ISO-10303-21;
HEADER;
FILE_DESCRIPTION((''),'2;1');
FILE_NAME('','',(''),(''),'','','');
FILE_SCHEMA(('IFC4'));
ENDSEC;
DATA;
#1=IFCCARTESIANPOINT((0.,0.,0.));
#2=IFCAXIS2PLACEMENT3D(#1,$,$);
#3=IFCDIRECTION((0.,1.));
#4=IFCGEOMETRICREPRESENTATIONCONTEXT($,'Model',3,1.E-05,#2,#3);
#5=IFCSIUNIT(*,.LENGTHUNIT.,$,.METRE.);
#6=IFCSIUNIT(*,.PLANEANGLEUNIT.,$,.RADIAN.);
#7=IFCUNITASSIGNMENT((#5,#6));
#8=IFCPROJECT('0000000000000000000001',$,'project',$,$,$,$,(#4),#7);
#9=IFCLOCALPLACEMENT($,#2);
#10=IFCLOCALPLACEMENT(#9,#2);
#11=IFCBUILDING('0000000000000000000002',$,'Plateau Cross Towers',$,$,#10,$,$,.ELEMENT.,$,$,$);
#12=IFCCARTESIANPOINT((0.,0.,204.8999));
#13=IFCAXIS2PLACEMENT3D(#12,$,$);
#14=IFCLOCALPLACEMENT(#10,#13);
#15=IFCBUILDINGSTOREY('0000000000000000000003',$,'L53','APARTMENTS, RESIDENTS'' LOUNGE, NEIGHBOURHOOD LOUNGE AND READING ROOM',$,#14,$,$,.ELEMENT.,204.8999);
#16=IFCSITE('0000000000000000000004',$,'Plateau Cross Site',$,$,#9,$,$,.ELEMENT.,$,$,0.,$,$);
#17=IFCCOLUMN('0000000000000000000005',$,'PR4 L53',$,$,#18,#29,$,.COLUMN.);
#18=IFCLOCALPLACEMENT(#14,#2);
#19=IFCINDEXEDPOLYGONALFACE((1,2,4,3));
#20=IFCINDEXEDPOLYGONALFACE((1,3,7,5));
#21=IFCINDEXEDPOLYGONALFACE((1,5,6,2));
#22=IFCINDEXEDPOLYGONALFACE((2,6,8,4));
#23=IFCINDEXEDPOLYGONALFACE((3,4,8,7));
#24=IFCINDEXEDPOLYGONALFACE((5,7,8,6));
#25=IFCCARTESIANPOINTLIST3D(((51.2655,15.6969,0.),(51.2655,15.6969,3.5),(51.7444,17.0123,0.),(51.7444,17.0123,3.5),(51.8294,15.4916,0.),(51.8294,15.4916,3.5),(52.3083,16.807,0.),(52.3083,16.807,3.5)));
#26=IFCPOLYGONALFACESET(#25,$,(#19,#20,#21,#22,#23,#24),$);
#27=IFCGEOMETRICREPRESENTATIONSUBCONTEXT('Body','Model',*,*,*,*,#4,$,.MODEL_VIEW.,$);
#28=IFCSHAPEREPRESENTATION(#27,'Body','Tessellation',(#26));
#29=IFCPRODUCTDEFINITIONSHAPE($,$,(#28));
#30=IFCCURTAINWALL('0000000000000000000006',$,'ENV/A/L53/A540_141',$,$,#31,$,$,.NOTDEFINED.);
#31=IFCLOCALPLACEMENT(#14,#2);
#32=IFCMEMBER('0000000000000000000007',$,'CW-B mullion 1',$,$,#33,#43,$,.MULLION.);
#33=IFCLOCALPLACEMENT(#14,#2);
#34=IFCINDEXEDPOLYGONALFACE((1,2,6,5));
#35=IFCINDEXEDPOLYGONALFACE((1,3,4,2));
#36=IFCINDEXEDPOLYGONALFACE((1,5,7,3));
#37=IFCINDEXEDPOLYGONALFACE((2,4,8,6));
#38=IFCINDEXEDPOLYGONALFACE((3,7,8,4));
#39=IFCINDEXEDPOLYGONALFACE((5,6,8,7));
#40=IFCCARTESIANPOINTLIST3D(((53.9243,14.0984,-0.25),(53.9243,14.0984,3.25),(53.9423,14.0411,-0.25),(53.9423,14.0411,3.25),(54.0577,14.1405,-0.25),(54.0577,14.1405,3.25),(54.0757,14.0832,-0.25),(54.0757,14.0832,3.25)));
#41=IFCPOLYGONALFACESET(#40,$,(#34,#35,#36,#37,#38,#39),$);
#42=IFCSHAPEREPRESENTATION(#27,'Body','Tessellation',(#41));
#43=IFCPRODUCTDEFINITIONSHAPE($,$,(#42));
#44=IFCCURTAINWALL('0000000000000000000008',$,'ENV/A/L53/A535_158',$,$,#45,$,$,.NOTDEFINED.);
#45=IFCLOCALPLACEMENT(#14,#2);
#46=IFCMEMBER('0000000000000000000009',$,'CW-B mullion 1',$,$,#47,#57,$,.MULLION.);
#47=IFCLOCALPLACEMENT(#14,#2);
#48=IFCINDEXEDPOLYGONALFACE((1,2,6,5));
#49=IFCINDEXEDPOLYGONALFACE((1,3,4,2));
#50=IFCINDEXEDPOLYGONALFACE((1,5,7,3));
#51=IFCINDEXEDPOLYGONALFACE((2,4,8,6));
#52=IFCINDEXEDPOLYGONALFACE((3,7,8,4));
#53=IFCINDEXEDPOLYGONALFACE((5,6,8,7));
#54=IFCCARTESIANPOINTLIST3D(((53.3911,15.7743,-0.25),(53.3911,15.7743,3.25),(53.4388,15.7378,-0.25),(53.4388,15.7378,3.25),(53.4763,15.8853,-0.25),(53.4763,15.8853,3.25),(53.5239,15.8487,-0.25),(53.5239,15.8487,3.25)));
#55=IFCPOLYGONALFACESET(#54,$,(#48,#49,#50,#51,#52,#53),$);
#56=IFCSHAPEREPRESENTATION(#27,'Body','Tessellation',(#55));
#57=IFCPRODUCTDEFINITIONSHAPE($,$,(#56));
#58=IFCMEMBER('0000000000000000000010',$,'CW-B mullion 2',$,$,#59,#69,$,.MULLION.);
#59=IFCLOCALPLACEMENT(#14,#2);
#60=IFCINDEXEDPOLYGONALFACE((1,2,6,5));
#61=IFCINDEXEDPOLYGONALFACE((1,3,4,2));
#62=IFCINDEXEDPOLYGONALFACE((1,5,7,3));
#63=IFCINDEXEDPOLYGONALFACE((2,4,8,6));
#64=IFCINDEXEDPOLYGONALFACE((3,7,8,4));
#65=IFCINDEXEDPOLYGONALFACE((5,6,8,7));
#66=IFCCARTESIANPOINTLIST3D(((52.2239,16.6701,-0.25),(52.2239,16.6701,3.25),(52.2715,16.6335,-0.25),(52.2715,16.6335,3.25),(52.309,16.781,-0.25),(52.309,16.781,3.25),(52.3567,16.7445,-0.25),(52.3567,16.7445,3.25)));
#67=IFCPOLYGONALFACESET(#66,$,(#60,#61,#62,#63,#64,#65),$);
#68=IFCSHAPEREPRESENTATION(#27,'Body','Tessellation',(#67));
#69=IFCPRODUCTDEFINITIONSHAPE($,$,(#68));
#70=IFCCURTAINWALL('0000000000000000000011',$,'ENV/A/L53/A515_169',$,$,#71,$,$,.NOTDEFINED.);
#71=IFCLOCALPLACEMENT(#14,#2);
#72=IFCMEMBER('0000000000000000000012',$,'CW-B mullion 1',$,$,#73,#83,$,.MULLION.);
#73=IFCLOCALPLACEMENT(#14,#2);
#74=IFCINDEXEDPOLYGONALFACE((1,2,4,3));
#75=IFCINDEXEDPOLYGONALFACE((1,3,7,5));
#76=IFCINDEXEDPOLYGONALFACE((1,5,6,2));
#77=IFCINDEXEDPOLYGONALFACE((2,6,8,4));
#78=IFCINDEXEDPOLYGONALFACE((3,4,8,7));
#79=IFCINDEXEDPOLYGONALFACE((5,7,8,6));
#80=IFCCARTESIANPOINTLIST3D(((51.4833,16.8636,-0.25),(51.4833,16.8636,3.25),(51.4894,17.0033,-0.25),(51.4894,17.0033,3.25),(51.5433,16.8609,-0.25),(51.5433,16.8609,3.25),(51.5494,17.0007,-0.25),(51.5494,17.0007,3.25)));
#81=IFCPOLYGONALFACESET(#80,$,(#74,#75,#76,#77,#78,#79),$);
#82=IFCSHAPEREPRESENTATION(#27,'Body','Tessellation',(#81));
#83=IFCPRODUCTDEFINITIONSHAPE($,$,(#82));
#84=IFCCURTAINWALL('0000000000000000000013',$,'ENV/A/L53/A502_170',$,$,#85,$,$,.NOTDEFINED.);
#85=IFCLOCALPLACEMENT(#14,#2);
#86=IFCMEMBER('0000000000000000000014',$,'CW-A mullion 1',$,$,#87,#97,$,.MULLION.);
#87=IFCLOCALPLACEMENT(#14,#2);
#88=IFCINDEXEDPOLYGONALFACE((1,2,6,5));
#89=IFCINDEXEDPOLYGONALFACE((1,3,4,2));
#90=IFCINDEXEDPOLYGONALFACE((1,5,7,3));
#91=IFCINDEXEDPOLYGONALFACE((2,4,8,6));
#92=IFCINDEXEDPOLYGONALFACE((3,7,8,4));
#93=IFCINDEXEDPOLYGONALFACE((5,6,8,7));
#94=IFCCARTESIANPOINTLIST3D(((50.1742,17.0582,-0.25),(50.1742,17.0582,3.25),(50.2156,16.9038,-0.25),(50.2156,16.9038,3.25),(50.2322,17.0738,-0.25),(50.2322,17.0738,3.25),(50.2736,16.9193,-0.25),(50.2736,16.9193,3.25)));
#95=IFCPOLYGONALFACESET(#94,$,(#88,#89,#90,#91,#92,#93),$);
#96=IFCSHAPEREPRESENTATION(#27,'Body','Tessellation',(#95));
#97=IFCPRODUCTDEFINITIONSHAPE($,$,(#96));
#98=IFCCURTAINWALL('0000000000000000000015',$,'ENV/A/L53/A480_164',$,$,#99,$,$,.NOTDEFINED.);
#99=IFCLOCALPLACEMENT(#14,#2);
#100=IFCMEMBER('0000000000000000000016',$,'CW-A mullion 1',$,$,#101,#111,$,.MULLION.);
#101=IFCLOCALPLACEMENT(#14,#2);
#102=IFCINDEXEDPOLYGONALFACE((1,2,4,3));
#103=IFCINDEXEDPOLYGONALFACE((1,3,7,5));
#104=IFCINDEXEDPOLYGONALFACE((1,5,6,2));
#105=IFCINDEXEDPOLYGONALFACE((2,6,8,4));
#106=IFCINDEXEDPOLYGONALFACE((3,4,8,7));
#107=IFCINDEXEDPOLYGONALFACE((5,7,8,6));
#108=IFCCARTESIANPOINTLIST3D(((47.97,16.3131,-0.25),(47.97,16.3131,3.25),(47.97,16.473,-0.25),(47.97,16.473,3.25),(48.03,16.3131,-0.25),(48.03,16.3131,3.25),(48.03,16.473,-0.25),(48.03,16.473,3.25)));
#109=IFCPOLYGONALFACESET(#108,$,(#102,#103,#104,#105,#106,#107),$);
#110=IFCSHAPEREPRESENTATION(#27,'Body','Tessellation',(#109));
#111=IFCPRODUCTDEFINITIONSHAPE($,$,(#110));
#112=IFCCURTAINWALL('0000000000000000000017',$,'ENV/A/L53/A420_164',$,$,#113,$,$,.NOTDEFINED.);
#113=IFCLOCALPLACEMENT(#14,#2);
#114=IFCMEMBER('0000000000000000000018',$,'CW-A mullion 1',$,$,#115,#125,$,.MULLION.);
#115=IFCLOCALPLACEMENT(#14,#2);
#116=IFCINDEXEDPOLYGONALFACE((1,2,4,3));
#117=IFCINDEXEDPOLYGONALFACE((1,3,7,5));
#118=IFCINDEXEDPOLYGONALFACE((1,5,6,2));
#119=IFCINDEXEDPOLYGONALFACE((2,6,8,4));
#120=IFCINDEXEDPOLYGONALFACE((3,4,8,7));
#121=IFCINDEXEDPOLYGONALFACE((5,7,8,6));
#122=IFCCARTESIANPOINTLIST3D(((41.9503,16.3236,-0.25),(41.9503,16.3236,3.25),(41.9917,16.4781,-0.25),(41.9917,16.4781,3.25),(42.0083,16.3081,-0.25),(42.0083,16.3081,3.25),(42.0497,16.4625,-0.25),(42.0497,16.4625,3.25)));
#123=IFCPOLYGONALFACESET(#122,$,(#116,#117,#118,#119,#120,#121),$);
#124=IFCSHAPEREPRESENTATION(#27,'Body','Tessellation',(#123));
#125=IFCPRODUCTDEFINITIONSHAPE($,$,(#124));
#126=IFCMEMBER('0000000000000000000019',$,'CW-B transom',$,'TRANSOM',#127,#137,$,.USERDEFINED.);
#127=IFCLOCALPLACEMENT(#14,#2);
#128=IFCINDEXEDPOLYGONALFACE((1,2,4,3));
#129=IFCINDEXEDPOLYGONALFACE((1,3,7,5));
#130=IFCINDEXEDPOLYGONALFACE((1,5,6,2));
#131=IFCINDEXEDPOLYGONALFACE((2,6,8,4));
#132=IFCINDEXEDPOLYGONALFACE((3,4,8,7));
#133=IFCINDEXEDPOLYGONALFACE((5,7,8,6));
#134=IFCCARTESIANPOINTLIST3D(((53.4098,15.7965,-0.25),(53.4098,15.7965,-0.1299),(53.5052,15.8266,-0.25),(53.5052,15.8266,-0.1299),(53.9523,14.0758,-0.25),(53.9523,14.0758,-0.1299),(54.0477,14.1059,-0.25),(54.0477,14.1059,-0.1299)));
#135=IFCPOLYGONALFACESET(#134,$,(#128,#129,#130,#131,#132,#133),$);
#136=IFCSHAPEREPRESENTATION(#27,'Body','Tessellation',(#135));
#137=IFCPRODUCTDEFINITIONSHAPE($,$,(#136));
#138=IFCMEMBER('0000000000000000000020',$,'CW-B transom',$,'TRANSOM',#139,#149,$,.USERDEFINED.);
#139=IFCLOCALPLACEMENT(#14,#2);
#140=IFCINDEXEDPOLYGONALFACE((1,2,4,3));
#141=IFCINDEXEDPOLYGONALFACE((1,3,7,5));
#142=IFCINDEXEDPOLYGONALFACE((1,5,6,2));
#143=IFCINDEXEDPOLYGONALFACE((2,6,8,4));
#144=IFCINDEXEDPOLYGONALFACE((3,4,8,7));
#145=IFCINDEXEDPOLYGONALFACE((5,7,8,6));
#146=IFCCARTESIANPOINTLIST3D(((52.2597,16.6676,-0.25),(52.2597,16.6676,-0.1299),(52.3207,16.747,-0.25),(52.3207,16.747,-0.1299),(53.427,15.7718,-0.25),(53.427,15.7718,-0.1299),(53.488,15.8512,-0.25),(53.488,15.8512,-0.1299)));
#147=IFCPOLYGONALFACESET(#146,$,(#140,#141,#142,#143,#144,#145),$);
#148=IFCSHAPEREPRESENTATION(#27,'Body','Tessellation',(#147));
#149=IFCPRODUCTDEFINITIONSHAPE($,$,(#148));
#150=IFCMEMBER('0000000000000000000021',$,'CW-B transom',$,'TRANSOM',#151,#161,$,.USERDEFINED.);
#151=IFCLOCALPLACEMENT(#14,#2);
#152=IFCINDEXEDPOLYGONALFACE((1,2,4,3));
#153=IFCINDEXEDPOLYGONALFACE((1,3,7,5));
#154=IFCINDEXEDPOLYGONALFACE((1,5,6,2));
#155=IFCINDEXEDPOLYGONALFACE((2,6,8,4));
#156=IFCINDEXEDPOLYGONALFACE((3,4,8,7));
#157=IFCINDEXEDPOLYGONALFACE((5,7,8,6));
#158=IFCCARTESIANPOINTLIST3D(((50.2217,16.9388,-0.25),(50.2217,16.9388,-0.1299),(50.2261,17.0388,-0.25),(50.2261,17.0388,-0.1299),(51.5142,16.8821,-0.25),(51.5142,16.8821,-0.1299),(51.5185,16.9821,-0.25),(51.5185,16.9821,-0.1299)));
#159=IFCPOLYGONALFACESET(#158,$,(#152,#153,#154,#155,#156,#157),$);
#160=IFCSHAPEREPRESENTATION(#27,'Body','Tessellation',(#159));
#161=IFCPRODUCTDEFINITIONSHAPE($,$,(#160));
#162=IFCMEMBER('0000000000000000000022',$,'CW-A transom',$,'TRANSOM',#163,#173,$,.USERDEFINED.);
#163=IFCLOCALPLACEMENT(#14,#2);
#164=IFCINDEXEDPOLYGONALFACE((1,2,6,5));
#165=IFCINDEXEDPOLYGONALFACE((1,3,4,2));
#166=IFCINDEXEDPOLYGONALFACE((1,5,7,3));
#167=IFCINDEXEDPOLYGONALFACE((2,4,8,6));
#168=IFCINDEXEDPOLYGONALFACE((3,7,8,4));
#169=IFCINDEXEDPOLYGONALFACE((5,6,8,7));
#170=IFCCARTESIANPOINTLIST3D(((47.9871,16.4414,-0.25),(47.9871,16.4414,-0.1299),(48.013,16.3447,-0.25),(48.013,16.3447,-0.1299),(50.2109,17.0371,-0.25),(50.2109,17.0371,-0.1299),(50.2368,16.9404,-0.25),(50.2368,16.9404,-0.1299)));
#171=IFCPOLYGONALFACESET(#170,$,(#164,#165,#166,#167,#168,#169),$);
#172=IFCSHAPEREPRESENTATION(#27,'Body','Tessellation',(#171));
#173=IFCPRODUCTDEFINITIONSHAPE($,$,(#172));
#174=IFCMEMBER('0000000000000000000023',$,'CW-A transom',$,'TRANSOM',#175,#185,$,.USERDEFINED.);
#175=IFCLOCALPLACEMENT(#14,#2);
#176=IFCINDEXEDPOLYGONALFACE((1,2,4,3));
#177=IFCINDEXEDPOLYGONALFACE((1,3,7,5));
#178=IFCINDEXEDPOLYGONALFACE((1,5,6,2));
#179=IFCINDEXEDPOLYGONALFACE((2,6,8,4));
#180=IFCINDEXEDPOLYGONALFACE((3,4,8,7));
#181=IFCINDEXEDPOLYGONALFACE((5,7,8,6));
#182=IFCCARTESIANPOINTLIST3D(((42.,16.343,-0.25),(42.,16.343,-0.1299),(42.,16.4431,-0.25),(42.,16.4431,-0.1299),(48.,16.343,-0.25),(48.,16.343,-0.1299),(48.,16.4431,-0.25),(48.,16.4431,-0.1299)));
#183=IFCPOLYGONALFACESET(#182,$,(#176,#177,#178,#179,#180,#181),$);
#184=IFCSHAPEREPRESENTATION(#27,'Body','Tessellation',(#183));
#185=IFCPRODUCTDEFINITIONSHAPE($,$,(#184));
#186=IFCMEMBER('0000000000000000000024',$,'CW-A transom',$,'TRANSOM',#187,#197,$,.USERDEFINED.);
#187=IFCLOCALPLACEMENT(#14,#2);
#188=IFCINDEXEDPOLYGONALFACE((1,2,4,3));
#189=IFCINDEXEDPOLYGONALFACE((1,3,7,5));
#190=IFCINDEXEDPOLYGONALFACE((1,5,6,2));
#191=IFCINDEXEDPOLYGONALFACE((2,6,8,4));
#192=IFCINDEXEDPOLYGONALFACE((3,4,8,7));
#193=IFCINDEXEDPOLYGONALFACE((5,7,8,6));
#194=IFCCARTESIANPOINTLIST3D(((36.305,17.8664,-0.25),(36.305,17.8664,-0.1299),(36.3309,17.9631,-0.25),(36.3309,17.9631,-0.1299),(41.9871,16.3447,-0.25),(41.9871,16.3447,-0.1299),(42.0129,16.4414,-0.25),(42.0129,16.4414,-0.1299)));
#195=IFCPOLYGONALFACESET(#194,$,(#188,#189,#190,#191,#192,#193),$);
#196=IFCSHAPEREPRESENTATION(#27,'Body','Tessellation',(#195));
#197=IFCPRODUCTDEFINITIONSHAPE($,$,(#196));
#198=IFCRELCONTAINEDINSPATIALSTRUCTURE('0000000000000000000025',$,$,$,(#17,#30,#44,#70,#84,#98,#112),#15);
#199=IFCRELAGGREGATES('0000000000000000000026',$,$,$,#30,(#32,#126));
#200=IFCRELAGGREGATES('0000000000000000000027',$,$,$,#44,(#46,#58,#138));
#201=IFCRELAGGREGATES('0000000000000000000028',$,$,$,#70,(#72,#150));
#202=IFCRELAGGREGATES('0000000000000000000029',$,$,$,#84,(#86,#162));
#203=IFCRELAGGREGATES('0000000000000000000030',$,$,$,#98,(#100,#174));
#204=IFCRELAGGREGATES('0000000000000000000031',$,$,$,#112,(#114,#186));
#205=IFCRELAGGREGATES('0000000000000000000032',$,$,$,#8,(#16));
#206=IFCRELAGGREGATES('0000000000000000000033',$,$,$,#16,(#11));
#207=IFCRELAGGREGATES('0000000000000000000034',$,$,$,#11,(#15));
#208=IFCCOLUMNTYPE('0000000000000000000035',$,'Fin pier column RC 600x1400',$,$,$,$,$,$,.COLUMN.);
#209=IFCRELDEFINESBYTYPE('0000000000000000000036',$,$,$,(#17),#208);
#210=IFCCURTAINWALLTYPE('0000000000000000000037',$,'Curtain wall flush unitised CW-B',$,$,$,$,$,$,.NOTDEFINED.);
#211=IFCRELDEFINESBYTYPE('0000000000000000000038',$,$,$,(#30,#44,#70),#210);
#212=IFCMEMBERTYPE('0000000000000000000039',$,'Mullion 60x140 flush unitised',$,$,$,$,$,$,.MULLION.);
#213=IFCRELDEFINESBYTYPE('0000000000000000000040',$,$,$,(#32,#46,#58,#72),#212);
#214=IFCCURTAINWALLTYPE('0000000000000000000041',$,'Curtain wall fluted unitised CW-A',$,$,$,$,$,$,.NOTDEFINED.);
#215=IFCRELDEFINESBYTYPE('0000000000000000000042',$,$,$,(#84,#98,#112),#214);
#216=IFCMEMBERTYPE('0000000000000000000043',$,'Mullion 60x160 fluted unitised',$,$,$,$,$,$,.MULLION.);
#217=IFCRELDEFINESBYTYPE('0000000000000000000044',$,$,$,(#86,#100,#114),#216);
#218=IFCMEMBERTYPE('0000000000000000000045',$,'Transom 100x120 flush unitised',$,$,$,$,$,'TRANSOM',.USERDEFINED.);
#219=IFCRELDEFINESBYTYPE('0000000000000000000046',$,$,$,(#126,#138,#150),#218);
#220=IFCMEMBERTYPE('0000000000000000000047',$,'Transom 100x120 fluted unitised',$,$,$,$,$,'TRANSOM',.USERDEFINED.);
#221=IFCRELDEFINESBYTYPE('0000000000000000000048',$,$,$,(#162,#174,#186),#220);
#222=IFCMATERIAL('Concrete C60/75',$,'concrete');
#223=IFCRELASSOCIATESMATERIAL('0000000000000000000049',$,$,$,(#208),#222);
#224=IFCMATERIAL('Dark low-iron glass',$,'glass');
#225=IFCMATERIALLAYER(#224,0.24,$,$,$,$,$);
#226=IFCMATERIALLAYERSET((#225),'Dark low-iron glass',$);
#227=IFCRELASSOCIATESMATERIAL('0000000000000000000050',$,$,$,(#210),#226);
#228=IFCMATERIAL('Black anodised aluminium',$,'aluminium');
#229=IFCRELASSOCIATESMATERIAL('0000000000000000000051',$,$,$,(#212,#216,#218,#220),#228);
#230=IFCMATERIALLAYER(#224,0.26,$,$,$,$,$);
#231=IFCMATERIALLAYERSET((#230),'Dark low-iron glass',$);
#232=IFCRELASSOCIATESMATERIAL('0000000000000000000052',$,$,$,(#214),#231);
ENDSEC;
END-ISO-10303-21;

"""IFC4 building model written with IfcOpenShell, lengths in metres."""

from ifc_helpers import new_model, si_unit, direction, frame, origin, origin_2d, place, context, subcontext, project, spatial, rectangle, extrude, material, layer, layer_set, material_profile, profile_set, type_object, element, aggregate, save


model = new_model("IFC4")

# Units and contexts
model_context = context("Model", 3, precision=1e-05, world=origin(), true_north=direction((0.0, 1.0)))
body_context = subcontext(model_context, "Body", "Model", "MODEL_VIEW")
ifc_project = project(units=[si_unit("LENGTHUNIT", "METRE"), si_unit("PLANEANGLEUNIT", "RADIAN")], contexts=[model_context])

# Site, building, storey
site_placement = place(None, origin())
site = spatial("IfcSite", under=ifc_project, at=site_placement, Name="Plateau Cross Site", CompositionType="ELEMENT", RefElevation=0.0)
building_placement = place(site_placement, origin())
building = spatial("IfcBuilding", under=site, at=building_placement, Name="Plateau Cross Towers", CompositionType="ELEMENT")
storey_placement = place(building_placement, frame((0.0, 0.0, 204.8999)))
storey = spatial("IfcBuildingStorey", under=building, at=storey_placement, Name="L53", Description="APARTMENTS, RESIDENTS' LOUNGE, NEIGHBOURHOOD LOUNGE AND READING ROOM", CompositionType="ELEMENT", Elevation=204.8999)

# Column
ifc_material_1 = material(Name="Concrete C60/75", Category="concrete")
ifc_material_profile_1 = material_profile(ifc_material_1, rectangle(XDim=0.6001, YDim=1.3999, at=origin_2d()), Name="RC 600x1400")
ifc_profile_set_1 = profile_set([ifc_material_profile_1], Name="Concrete C60/75")
column_type = type_object("IfcColumnType", Name="Fin pier column RC 600x1400", PredefinedType="COLUMN", material=ifc_profile_set_1)
column_placement = place(storey_placement, frame((51.7869, 16.252, 0.0), z_axis=(0.0, 0.0, 1.0), x_axis=(-0.939664, 0.342098, 0.0)))
element("IfcColumn", 1, at=column_placement, inside=storey, type_object=column_type, Name="PR4 L53", PredefinedType="COLUMN", context=body_context, shape_type="SweptSolid", body=[
    extrude(rectangle(XDim=0.6001, YDim=1.3999, at=origin_2d()), origin(), (0.0, 0.0, 1.0), 3.5),
])

# Curtain wall, member
ifc_material_2 = material(Name="Dark low-iron glass", Category="glass")
ifc_layer_1 = layer(ifc_material_2, 0.24)
ifc_layer_set_1 = layer_set([ifc_layer_1], Name="Dark low-iron glass")
curtain_wall_type_1 = type_object("IfcCurtainWallType", Name="Curtain wall flush unitised CW-B", PredefinedType="NOTDEFINED", material=ifc_layer_set_1)
curtain_wall_1_placement = place(storey_placement, origin())
curtain_wall_1 = element("IfcCurtainWall", 2, at=curtain_wall_1_placement, inside=storey, type_object=curtain_wall_type_1, Name="ENV/A/L53/A540_141", PredefinedType="NOTDEFINED")
ifc_material_3 = material(Name="Black anodised aluminium", Category="aluminium")
ifc_material_profile_2 = material_profile(ifc_material_3, rectangle(XDim=0.0601, YDim=0.1399, at=origin_2d()), Name="MULLION 60x140")
ifc_profile_set_2 = profile_set([ifc_material_profile_2], Name="Black anodised aluminium")
member_type_1 = type_object("IfcMemberType", Name="Mullion 60x140 flush unitised", PredefinedType="MULLION", material=ifc_profile_set_2)
member_1_placement = place(storey_placement, frame((54.0, 14.0908, -0.25), z_axis=(0.0, 0.0, 1.0), x_axis=(-0.300686, 0.953723, 0.0)))
member_1 = element("IfcMember", 3, at=member_1_placement, type_object=member_type_1, Name="CW-B mullion 1", PredefinedType="MULLION", context=body_context, shape_type="SweptSolid", body=[
    extrude(rectangle(XDim=0.0601, YDim=0.1399, at=origin_2d()), origin(), (0.0, 0.0, 1.0), 3.5),
])

# Curtain wall, members
curtain_wall_2_placement = place(storey_placement, origin())
curtain_wall_2 = element("IfcCurtainWall", 4, at=curtain_wall_2_placement, inside=storey, type_object=curtain_wall_type_1, Name="ENV/A/L53/A535_158", PredefinedType="NOTDEFINED")
member_2_placement = place(storey_placement, frame((53.4575, 15.8115, -0.25), z_axis=(0.0, 0.0, 1.0), x_axis=(-0.793316, 0.608811, 0.0)))
member_2 = element("IfcMember", 5, at=member_2_placement, type_object=member_type_1, Name="CW-B mullion 1", PredefinedType="MULLION", context=body_context, shape_type="SweptSolid", body=[
    extrude(rectangle(XDim=0.0601, YDim=0.1399, at=origin_2d()), origin(), (0.0, 0.0, 1.0), 3.5),
])
member_3_placement = place(storey_placement, frame((52.2903, 16.7073, -0.25), z_axis=(0.0, 0.0, 1.0), x_axis=(-0.793316, 0.608811, 0.0)))
member_3 = element("IfcMember", 6, at=member_3_placement, type_object=member_type_1, Name="CW-B mullion 2", PredefinedType="MULLION", context=body_context, shape_type="SweptSolid", body=[
    extrude(rectangle(XDim=0.0601, YDim=0.1399, at=origin_2d()), origin(), (0.0, 0.0, 1.0), 3.5),
])

# Curtain walls, members
curtain_wall_3_placement = place(storey_placement, origin())
curtain_wall_3 = element("IfcCurtainWall", 7, at=curtain_wall_3_placement, inside=storey, type_object=curtain_wall_type_1, Name="ENV/A/L53/A515_169", PredefinedType="NOTDEFINED")
member_4_placement = place(storey_placement, frame((51.5164, 16.9321, -0.25), z_axis=(0.0, 0.0, 1.0), x_axis=(-0.999044, 0.043723, 0.0)))
member_4 = element("IfcMember", 8, at=member_4_placement, type_object=member_type_1, Name="CW-B mullion 1", PredefinedType="MULLION", context=body_context, shape_type="SweptSolid", body=[
    extrude(rectangle(XDim=0.0601, YDim=0.1399, at=origin_2d()), origin(), (0.0, 0.0, 1.0), 3.5),
])
ifc_layer_2 = layer(ifc_material_2, 0.26)
ifc_layer_set_2 = layer_set([ifc_layer_2], Name="Dark low-iron glass")
curtain_wall_type_2 = type_object("IfcCurtainWallType", Name="Curtain wall fluted unitised CW-A", PredefinedType="NOTDEFINED", material=ifc_layer_set_2)
curtain_wall_4_placement = place(storey_placement, origin())
curtain_wall_4 = element("IfcCurtainWall", 9, at=curtain_wall_4_placement, inside=storey, type_object=curtain_wall_type_2, Name="ENV/A/L53/A502_170", PredefinedType="NOTDEFINED")
ifc_material_profile_3 = material_profile(ifc_material_3, rectangle(XDim=0.0601, YDim=0.1599, at=origin_2d()), Name="MULLION 60x160")
ifc_profile_set_3 = profile_set([ifc_material_profile_3], Name="Black anodised aluminium")
member_type_2 = type_object("IfcMemberType", Name="Mullion 60x160 fluted unitised", PredefinedType="MULLION", material=ifc_profile_set_3)
member_5_placement = place(storey_placement, frame((50.2239, 16.9888, -0.25), z_axis=(0.0, 0.0, 1.0), x_axis=(-0.965958, -0.258699, 0.0)))
member_5 = element("IfcMember", 10, at=member_5_placement, type_object=member_type_2, Name="CW-A mullion 1", PredefinedType="MULLION", context=body_context, shape_type="SweptSolid", body=[
    extrude(rectangle(XDim=0.0601, YDim=0.1599, at=origin_2d()), origin(), (0.0, 0.0, 1.0), 3.5),
])
curtain_wall_5_placement = place(storey_placement, origin())
curtain_wall_5 = element("IfcCurtainWall", 11, at=curtain_wall_5_placement, inside=storey, type_object=curtain_wall_type_2, Name="ENV/A/L53/A480_164", PredefinedType="NOTDEFINED")
member_6_placement = place(storey_placement, frame((48.0, 16.3931, -0.25), z_axis=(0.0, 0.0, 1.0), x_axis=(-1.0, 0.0, 0.0)))
member_6 = element("IfcMember", 12, at=member_6_placement, type_object=member_type_2, Name="CW-A mullion 1", PredefinedType="MULLION", context=body_context, shape_type="SweptSolid", body=[
    extrude(rectangle(XDim=0.0601, YDim=0.1599, at=origin_2d()), origin(), (0.0, 0.0, 1.0), 3.5),
])
curtain_wall_6_placement = place(storey_placement, origin())
curtain_wall_6 = element("IfcCurtainWall", 13, at=curtain_wall_6_placement, inside=storey, type_object=curtain_wall_type_2, Name="ENV/A/L53/A420_164", PredefinedType="NOTDEFINED")
member_7_placement = place(storey_placement, frame((42.0, 16.3931, -0.25), z_axis=(0.0, 0.0, 1.0), x_axis=(-0.965958, 0.258699, 0.0)))
member_7 = element("IfcMember", 14, at=member_7_placement, type_object=member_type_2, Name="CW-A mullion 1", PredefinedType="MULLION", context=body_context, shape_type="SweptSolid", body=[
    extrude(rectangle(XDim=0.0601, YDim=0.1599, at=origin_2d()), origin(), (0.0, 0.0, 1.0), 3.5),
])

# Members
ifc_material_profile_4 = material_profile(ifc_material_3, rectangle(XDim=0.1001, YDim=0.1201, at=origin_2d()), Name="TRANSOM 100x120")
ifc_profile_set_4 = profile_set([ifc_material_profile_4], Name="Black anodised aluminium")
member_type_3 = type_object("IfcMemberType", Name="Transom 100x120 flush unitised", ElementType="TRANSOM", PredefinedType="USERDEFINED", material=ifc_profile_set_4)
member_8_placement = place(storey_placement, frame((54.0, 14.0908, -0.1899), z_axis=(-0.300678, 0.953726, 0.0), x_axis=(-0.953726, -0.300678, 0.0)))
member_8 = element("IfcMember", 15, at=member_8_placement, type_object=member_type_3, Name="CW-B transom", ObjectType="TRANSOM", PredefinedType="USERDEFINED", context=body_context, shape_type="SweptSolid", body=[
    extrude(rectangle(XDim=0.1001, YDim=0.1201, at=origin_2d()), origin(), (0.0, 0.0, 1.0), 1.8042),
])
member_9_placement = place(storey_placement, frame((53.4575, 15.8115, -0.1899), z_axis=(-0.793321, 0.608804, 0.0), x_axis=(-0.608804, -0.793321, 0.0)))
member_9 = element("IfcMember", 16, at=member_9_placement, type_object=member_type_3, Name="CW-B transom", ObjectType="TRANSOM", PredefinedType="USERDEFINED", context=body_context, shape_type="SweptSolid", body=[
    extrude(rectangle(XDim=0.1001, YDim=0.1201, at=origin_2d()), origin(), (0.0, 0.0, 1.0), 1.4714),
])
member_10_placement = place(storey_placement, frame((51.5164, 16.9321, -0.1899), z_axis=(-0.999041, 0.043781, 0.0), x_axis=(-0.043781, -0.999041, 0.0)))
member_10 = element("IfcMember", 17, at=member_10_placement, type_object=member_type_3, Name="CW-B transom", ObjectType="TRANSOM", PredefinedType="USERDEFINED", context=body_context, shape_type="SweptSolid", body=[
    extrude(rectangle(XDim=0.1001, YDim=0.1201, at=origin_2d()), origin(), (0.0, 0.0, 1.0), 1.2937),
])
ifc_material_profile_5 = material_profile(ifc_material_3, rectangle(XDim=0.1001, YDim=0.1201, at=origin_2d()), Name="TRANSOM 100x120")
ifc_profile_set_5 = profile_set([ifc_material_profile_5], Name="Black anodised aluminium")
member_type_4 = type_object("IfcMemberType", Name="Transom 100x120 fluted unitised", ElementType="TRANSOM", PredefinedType="USERDEFINED", material=ifc_profile_set_5)
member_11_placement = place(storey_placement, frame((50.2239, 16.9888, -0.1899), z_axis=(-0.965946, -0.258745, 0.0), x_axis=(0.258745, -0.965946, 0.0)))
member_11 = element("IfcMember", 18, at=member_11_placement, type_object=member_type_4, Name="CW-A transom", ObjectType="TRANSOM", PredefinedType="USERDEFINED", context=body_context, shape_type="SweptSolid", body=[
    extrude(rectangle(XDim=0.1001, YDim=0.1201, at=origin_2d()), origin(), (0.0, 0.0, 1.0), 2.3022),
])
member_12_placement = place(storey_placement, frame((48.0, 16.3931, -0.1899), z_axis=(-1.0, 0.0, 0.0), x_axis=(0.0, -1.0, 0.0)))
member_12 = element("IfcMember", 19, at=member_12_placement, type_object=member_type_4, Name="CW-A transom", ObjectType="TRANSOM", PredefinedType="USERDEFINED", context=body_context, shape_type="SweptSolid", body=[
    extrude(rectangle(XDim=0.1001, YDim=0.1201, at=origin_2d()), origin(), (0.0, 0.0, 1.0), 6.0),
])
member_13_placement = place(storey_placement, frame((42.0, 16.3931, -0.1899), z_axis=(-0.96596, 0.258693, 0.0), x_axis=(-0.258693, -0.96596, 0.0)))
member_13 = element("IfcMember", 20, at=member_13_placement, type_object=member_type_4, Name="CW-A transom", ObjectType="TRANSOM", PredefinedType="USERDEFINED", context=body_context, shape_type="SweptSolid", body=[
    extrude(rectangle(XDim=0.1001, YDim=0.1201, at=origin_2d()), origin(), (0.0, 0.0, 1.0), 5.8823),
])

aggregate(curtain_wall_1, [member_1, member_8])
aggregate(curtain_wall_2, [member_2, member_3, member_9])
aggregate(curtain_wall_3, [member_4, member_10])
aggregate(curtain_wall_4, [member_5, member_11])
aggregate(curtain_wall_5, [member_6, member_12])
aggregate(curtain_wall_6, [member_7, member_13])

save(model, "model.ifc")
